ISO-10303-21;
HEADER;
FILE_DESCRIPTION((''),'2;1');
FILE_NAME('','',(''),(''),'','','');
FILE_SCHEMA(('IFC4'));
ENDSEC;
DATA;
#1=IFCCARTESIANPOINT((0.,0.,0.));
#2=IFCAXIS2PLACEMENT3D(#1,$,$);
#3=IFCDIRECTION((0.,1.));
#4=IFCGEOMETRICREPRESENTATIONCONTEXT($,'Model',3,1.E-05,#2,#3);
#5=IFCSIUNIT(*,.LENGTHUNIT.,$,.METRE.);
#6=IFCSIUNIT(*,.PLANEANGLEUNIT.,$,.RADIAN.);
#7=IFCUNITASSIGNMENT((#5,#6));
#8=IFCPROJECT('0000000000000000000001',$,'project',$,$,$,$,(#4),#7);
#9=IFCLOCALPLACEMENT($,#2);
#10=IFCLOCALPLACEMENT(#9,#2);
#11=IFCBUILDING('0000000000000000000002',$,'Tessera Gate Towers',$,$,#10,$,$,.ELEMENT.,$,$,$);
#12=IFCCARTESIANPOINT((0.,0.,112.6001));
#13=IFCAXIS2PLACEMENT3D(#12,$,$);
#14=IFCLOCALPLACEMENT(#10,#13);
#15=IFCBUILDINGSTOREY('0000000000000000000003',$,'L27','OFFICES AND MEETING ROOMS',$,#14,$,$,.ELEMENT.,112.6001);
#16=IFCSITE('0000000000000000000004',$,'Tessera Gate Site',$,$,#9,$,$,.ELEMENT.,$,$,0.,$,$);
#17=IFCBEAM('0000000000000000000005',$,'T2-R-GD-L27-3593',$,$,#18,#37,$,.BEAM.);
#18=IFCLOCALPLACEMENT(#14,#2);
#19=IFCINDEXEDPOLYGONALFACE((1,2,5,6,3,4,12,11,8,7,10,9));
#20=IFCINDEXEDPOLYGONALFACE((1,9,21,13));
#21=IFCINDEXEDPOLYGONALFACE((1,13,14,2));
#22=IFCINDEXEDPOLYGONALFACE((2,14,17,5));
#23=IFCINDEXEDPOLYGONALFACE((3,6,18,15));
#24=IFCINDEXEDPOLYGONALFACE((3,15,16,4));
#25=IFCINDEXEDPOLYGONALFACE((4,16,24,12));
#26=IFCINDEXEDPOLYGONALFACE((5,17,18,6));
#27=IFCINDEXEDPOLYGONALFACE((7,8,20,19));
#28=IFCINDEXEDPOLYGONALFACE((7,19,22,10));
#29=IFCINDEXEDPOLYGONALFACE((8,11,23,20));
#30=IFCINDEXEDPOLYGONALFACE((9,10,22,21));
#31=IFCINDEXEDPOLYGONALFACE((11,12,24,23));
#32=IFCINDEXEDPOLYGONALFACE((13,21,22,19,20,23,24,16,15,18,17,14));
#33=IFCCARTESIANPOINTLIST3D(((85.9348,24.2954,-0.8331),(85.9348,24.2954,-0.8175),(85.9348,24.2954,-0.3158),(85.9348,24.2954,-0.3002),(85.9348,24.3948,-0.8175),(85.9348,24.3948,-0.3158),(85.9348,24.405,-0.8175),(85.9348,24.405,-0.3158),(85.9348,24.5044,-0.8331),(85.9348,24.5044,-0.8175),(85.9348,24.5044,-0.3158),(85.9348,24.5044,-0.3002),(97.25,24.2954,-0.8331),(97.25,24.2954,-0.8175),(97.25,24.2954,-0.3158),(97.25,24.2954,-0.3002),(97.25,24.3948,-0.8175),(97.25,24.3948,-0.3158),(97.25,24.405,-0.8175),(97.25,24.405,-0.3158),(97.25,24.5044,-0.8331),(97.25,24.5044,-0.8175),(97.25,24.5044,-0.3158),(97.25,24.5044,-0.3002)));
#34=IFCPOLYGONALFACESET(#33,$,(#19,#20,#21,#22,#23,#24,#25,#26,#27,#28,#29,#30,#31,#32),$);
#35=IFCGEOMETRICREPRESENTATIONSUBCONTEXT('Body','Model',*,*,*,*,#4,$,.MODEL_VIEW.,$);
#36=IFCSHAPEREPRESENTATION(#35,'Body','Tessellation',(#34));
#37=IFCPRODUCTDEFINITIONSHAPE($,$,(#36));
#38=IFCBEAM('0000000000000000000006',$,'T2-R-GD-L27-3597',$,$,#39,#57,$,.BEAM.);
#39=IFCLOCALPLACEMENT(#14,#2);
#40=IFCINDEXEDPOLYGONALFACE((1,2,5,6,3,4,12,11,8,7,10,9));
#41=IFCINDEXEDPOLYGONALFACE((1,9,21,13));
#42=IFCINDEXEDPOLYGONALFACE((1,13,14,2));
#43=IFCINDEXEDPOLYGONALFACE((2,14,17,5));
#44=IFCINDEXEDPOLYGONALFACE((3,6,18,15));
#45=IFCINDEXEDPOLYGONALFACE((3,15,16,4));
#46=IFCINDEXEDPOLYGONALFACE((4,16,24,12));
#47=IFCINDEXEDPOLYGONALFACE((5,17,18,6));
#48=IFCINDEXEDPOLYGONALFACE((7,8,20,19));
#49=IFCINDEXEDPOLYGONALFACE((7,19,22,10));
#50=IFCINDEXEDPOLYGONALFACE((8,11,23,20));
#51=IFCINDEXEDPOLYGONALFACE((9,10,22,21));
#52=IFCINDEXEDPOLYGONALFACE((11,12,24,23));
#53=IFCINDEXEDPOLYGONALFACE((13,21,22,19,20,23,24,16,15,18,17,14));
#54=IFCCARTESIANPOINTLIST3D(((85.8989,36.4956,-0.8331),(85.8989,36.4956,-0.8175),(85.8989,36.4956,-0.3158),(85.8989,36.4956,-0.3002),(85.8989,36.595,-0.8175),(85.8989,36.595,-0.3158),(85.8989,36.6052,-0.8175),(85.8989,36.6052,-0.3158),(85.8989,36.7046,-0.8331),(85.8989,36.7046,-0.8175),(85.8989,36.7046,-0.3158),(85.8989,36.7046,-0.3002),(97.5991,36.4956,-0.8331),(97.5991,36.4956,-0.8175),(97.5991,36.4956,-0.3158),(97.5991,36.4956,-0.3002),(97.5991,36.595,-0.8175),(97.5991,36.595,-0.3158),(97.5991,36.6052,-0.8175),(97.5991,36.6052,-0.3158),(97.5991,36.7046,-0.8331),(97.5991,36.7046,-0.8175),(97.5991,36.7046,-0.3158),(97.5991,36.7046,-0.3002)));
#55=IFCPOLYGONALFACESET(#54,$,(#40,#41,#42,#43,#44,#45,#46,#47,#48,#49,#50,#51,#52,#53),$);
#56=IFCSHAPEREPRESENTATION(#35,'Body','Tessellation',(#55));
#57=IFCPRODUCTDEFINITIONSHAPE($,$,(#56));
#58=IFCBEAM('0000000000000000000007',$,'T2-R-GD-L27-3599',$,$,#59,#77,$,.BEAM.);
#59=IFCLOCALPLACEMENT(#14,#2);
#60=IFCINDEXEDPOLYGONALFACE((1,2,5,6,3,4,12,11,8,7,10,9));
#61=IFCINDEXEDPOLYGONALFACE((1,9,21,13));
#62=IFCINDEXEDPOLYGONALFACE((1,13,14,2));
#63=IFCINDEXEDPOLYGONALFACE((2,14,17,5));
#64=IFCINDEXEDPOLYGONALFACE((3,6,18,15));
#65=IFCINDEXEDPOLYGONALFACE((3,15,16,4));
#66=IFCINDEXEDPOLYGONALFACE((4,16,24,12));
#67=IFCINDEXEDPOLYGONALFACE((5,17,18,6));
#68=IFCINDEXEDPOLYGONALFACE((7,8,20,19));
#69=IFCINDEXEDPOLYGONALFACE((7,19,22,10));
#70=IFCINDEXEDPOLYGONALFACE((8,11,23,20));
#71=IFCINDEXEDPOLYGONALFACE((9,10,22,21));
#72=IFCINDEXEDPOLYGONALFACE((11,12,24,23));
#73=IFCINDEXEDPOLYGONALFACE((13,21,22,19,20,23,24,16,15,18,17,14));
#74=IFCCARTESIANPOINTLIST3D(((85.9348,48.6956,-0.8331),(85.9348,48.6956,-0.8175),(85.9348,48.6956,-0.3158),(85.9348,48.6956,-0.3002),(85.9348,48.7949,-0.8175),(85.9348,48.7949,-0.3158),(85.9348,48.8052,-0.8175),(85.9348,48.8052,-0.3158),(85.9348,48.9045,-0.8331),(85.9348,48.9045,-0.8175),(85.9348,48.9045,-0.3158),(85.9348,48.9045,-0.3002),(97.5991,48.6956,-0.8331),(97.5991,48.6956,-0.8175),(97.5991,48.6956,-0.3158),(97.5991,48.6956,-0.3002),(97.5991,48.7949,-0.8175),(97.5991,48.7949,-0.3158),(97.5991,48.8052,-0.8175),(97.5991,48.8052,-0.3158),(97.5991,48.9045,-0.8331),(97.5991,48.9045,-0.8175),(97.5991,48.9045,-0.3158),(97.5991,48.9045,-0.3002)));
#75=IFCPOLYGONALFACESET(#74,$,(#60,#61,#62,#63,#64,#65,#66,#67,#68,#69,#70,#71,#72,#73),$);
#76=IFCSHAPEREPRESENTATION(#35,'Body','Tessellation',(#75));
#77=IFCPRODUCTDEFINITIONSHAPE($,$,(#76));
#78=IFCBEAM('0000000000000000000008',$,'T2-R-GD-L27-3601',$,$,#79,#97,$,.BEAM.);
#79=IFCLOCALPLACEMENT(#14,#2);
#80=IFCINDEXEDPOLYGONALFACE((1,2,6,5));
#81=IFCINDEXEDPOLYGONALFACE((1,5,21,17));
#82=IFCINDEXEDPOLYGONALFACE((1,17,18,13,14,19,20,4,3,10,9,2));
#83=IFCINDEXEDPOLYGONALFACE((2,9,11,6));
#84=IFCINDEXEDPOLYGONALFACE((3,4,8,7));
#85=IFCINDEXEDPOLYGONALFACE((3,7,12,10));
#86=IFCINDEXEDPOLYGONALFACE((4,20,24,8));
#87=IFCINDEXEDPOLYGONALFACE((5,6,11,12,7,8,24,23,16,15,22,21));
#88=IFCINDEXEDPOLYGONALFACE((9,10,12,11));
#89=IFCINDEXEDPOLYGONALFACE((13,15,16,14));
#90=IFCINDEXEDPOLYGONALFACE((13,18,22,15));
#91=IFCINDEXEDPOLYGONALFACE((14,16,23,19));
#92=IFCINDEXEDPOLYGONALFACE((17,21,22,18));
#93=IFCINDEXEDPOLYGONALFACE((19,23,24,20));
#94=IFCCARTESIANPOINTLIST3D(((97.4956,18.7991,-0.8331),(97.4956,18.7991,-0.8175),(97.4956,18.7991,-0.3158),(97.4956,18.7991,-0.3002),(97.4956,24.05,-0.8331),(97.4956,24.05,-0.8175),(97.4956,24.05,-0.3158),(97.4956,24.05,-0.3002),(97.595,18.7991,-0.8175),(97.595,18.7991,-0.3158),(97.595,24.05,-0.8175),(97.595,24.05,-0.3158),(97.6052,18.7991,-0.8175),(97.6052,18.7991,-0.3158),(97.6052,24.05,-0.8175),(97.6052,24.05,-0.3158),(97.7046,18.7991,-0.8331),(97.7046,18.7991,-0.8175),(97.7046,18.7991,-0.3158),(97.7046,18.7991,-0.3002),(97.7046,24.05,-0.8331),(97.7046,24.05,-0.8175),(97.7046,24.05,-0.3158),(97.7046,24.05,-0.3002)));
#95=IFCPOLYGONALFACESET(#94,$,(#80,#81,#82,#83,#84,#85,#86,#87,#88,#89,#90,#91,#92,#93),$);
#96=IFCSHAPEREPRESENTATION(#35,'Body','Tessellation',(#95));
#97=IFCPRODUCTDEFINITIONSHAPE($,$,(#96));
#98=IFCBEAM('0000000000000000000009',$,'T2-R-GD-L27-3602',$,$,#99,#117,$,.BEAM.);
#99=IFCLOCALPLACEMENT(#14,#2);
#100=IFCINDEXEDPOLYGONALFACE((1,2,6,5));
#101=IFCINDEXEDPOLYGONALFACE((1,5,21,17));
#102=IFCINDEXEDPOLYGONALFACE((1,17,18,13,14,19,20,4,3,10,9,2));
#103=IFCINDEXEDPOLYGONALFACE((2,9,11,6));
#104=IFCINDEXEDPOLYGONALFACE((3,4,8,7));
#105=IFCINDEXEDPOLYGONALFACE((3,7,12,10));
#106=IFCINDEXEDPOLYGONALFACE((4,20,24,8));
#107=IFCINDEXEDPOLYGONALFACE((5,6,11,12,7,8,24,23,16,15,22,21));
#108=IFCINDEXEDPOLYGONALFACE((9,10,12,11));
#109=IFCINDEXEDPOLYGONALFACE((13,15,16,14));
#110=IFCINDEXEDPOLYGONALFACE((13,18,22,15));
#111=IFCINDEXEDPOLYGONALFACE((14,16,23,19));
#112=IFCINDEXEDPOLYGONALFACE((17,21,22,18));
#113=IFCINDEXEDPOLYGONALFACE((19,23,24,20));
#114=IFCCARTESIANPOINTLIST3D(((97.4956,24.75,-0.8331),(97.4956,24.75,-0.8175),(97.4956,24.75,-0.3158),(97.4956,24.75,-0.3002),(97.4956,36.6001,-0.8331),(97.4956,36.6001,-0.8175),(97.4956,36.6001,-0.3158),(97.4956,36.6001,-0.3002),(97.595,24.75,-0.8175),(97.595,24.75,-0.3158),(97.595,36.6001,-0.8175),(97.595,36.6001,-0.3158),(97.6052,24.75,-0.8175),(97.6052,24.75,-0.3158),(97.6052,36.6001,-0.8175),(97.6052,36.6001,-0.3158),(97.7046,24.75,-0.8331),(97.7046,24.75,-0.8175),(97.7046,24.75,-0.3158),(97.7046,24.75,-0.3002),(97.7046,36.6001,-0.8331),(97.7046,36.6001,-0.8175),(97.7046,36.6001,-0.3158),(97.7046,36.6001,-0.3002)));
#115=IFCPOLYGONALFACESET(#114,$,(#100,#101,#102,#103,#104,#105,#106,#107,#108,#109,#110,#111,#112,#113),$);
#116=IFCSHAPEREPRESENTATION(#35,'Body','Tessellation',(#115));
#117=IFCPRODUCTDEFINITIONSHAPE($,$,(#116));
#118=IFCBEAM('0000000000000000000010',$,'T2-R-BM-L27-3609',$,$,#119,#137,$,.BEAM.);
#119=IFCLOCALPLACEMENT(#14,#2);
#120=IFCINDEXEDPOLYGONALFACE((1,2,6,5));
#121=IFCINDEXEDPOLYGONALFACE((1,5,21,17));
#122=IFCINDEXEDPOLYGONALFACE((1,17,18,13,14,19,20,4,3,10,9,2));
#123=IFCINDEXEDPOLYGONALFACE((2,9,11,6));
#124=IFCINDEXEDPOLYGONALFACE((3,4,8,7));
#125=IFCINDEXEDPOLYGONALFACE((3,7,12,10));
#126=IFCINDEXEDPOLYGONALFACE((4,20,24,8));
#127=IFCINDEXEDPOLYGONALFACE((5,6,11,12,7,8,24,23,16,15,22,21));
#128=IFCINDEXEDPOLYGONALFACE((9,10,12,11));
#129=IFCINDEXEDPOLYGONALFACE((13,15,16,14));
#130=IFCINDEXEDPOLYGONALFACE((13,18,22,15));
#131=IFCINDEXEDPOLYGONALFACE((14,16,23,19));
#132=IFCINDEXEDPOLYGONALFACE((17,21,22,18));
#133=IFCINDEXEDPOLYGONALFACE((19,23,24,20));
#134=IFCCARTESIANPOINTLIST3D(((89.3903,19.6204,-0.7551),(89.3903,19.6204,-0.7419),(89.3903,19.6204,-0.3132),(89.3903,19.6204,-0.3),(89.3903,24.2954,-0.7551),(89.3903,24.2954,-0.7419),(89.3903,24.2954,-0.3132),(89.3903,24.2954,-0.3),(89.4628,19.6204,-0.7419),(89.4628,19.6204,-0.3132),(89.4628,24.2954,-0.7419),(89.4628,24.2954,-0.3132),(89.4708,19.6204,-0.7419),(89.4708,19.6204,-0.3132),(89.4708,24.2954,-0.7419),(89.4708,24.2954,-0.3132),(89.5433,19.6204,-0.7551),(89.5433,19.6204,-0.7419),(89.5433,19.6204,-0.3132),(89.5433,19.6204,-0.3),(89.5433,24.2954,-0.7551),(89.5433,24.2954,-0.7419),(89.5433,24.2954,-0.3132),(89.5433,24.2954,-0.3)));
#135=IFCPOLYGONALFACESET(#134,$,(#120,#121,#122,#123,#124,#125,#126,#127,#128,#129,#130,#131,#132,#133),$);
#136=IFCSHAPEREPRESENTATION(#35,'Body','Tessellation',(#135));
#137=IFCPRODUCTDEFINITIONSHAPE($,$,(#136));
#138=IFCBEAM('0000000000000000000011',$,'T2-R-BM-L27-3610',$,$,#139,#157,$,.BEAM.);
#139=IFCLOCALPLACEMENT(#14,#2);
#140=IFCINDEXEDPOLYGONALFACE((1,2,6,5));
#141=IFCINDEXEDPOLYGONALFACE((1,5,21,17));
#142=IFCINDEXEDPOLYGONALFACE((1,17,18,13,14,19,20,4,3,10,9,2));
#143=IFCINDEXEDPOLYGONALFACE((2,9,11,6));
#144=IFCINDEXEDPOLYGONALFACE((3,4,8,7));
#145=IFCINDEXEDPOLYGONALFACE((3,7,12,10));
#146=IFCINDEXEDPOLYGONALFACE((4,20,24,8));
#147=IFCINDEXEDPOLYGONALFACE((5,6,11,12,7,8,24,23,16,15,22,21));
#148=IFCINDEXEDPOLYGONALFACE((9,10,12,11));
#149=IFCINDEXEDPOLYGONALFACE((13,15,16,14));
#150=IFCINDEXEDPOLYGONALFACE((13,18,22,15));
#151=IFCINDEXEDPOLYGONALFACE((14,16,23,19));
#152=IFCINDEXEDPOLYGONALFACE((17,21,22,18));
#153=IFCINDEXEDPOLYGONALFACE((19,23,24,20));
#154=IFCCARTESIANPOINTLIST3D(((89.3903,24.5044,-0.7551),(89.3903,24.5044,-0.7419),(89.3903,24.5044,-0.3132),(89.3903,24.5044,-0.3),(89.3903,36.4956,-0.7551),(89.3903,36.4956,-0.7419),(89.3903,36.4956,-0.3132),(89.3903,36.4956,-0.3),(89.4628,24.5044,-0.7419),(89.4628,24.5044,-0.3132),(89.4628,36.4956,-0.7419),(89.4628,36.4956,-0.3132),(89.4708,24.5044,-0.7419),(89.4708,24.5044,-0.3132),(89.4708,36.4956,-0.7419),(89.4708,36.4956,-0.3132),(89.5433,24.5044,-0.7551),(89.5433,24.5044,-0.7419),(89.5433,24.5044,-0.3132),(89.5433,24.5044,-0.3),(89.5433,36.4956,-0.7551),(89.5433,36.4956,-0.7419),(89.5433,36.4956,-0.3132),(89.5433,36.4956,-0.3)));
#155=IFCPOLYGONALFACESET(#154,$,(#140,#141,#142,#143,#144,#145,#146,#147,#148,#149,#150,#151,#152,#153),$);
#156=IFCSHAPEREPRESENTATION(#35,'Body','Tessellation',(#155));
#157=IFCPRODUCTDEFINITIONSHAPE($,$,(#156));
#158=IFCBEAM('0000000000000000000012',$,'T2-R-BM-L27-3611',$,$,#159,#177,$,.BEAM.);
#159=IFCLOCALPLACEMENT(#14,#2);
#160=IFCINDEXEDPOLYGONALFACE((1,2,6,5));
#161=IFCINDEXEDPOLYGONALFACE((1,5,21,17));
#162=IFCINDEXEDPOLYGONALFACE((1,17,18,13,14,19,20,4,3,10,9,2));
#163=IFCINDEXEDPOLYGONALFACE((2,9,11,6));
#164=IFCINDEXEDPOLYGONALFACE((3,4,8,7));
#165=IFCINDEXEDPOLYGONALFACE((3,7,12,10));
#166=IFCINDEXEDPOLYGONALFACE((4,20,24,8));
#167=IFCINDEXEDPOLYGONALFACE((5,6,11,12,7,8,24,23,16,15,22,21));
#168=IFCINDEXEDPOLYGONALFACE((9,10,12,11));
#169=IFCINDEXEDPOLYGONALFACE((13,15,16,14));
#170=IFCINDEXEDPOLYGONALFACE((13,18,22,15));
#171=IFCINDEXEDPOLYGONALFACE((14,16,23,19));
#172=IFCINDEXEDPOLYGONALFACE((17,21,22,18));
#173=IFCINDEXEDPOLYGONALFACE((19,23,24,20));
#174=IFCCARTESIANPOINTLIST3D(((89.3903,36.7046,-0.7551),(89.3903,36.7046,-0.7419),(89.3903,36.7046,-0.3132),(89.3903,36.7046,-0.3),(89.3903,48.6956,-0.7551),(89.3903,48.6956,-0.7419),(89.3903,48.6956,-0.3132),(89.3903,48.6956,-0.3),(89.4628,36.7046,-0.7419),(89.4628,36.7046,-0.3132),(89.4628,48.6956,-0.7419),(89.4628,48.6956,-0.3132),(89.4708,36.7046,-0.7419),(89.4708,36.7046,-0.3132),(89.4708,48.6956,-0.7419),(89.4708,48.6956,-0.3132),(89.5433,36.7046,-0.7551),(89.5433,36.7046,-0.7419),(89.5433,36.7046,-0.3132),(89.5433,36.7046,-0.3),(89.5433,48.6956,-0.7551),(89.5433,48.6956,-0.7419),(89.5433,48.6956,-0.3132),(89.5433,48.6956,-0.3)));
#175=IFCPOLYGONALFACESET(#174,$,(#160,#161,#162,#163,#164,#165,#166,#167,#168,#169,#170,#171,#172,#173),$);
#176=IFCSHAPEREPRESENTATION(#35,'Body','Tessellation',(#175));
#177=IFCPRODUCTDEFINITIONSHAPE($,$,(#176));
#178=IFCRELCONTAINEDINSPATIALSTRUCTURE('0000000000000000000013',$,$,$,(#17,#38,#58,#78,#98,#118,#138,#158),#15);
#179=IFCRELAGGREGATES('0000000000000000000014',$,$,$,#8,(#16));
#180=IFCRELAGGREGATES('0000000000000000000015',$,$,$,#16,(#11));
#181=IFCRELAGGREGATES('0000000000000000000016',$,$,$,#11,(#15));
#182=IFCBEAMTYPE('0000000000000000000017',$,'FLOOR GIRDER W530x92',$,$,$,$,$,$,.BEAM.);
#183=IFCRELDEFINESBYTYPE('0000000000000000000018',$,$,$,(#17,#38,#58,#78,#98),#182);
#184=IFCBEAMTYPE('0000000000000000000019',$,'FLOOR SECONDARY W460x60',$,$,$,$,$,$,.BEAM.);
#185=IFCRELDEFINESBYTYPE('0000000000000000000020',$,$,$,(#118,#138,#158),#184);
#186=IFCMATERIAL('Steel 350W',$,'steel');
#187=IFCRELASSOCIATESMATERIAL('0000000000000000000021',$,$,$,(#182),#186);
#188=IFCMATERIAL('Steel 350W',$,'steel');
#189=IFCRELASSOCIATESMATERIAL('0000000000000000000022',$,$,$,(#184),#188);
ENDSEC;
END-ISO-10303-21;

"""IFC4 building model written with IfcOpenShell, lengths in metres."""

from ifc_helpers import new_model, si_unit, direction, frame, origin, origin_2d, place, context, subcontext, project, spatial, i_section, extrude, material, material_profile, profile_set, type_object, element, save


model = new_model("IFC4")

# Units and contexts
model_context = context("Model", 3, precision=1e-05, world=origin(), true_north=direction((0.0, 1.0)))
body_context = subcontext(model_context, "Body", "Model", "MODEL_VIEW")
ifc_project = project(units=[si_unit("LENGTHUNIT", "METRE"), si_unit("PLANEANGLEUNIT", "RADIAN")], contexts=[model_context])

# Site, building, storey
site_placement = place(None, origin())
site = spatial("IfcSite", under=ifc_project, at=site_placement, Name="Tessera Gate Site", CompositionType="ELEMENT", RefElevation=0.0)
building_placement = place(site_placement, origin())
building = spatial("IfcBuilding", under=site, at=building_placement, Name="Tessera Gate Towers", CompositionType="ELEMENT")
storey_placement = place(building_placement, frame((0.0, 0.0, 112.6001)))
storey = spatial("IfcBuildingStorey", under=building, at=storey_placement, Name="L27", Description="OFFICES AND MEETING ROOMS", CompositionType="ELEMENT", Elevation=112.6001)

# Beams
ifc_material_1 = material(Name="Steel 350W", Category="steel")
ifc_material_profile_1 = material_profile(ifc_material_1, i_section(OverallWidth=0.209, OverallDepth=0.533, WebThickness=0.0103, FlangeThickness=0.0156, at=origin_2d()), Name="W530x92")
ifc_profile_set_1 = profile_set([ifc_material_profile_1], Name="Steel 350W")
beam_type_1 = type_object("IfcBeamType", Name="FLOOR GIRDER W530x92", PredefinedType="BEAM", material=ifc_profile_set_1)
beam_1_placement = place(storey_placement, frame((85.9348, 24.3999, -0.5667), z_axis=(1.0, 0.0, 0.0), x_axis=(0.0, 1.0, 0.0)))
element("IfcBeam", 1, at=beam_1_placement, inside=storey, type_object=beam_type_1, Name="T2-R-GD-L27-3593", PredefinedType="BEAM", context=body_context, shape_type="SweptSolid", body=[
    extrude(i_section(OverallWidth=0.209, OverallDepth=0.533, WebThickness=0.0103, FlangeThickness=0.0156, at=origin_2d()), origin(), (0.0, 0.0, 1.0), 11.3152),
])
beam_2_placement = place(storey_placement, frame((85.8989, 36.6001, -0.5667), z_axis=(1.0, 0.0, 0.0), x_axis=(0.0, 1.0, 0.0)))
element("IfcBeam", 2, at=beam_2_placement, inside=storey, type_object=beam_type_1, Name="T2-R-GD-L27-3597", PredefinedType="BEAM", context=body_context, shape_type="SweptSolid", body=[
    extrude(i_section(OverallWidth=0.209, OverallDepth=0.533, WebThickness=0.0103, FlangeThickness=0.0156, at=origin_2d()), origin(), (0.0, 0.0, 1.0), 11.7002),
])
beam_3_placement = place(storey_placement, frame((85.9348, 48.8, -0.5667), z_axis=(1.0, 0.0, 0.0), x_axis=(0.0, 1.0, 0.0)))
element("IfcBeam", 3, at=beam_3_placement, inside=storey, type_object=beam_type_1, Name="T2-R-GD-L27-3599", PredefinedType="BEAM", context=body_context, shape_type="SweptSolid", body=[
    extrude(i_section(OverallWidth=0.209, OverallDepth=0.533, WebThickness=0.0103, FlangeThickness=0.0156, at=origin_2d()), origin(), (0.0, 0.0, 1.0), 11.6643),
])
beam_4_placement = place(storey_placement, frame((97.6001, 18.7991, -0.5667), z_axis=(0.0, 1.0, 0.0), x_axis=(-1.0, 0.0, 0.0)))
element("IfcBeam", 4, at=beam_4_placement, inside=storey, type_object=beam_type_1, Name="T2-R-GD-L27-3601", PredefinedType="BEAM", context=body_context, shape_type="SweptSolid", body=[
    extrude(i_section(OverallWidth=0.209, OverallDepth=0.533, WebThickness=0.0103, FlangeThickness=0.0156, at=origin_2d()), origin(), (0.0, 0.0, 1.0), 5.251),
])
beam_5_placement = place(storey_placement, frame((97.6001, 24.75, -0.5667), z_axis=(0.0, 1.0, 0.0), x_axis=(-1.0, 0.0, 0.0)))
element("IfcBeam", 5, at=beam_5_placement, inside=storey, type_object=beam_type_1, Name="T2-R-GD-L27-3602", PredefinedType="BEAM", context=body_context, shape_type="SweptSolid", body=[
    extrude(i_section(OverallWidth=0.209, OverallDepth=0.533, WebThickness=0.0103, FlangeThickness=0.0156, at=origin_2d()), origin(), (0.0, 0.0, 1.0), 11.8501),
])
ifc_material_2 = material(Name="Steel 350W", Category="steel")
ifc_material_profile_2 = material_profile(ifc_material_2, i_section(OverallWidth=0.1531, OverallDepth=0.4551, WebThickness=0.0081, FlangeThickness=0.0132, at=origin_2d()), Name="W460x60")
ifc_profile_set_2 = profile_set([ifc_material_profile_2], Name="Steel 350W")
beam_type_2 = type_object("IfcBeamType", Name="FLOOR SECONDARY W460x60", PredefinedType="BEAM", material=ifc_profile_set_2)
beam_6_placement = place(storey_placement, frame((89.4668, 19.6204, -0.5276), z_axis=(0.0, 1.0, 0.0), x_axis=(-1.0, 0.0, 0.0)))
element("IfcBeam", 6, at=beam_6_placement, inside=storey, type_object=beam_type_2, Name="T2-R-BM-L27-3609", PredefinedType="BEAM", context=body_context, shape_type="SweptSolid", body=[
    extrude(i_section(OverallWidth=0.1531, OverallDepth=0.4551, WebThickness=0.0081, FlangeThickness=0.0132, at=origin_2d()), origin(), (0.0, 0.0, 1.0), 4.675),
])
beam_7_placement = place(storey_placement, frame((89.4668, 24.5044, -0.5276), z_axis=(0.0, 1.0, 0.0), x_axis=(-1.0, 0.0, 0.0)))
element("IfcBeam", 7, at=beam_7_placement, inside=storey, type_object=beam_type_2, Name="T2-R-BM-L27-3610", PredefinedType="BEAM", context=body_context, shape_type="SweptSolid", body=[
    extrude(i_section(OverallWidth=0.1531, OverallDepth=0.4551, WebThickness=0.0081, FlangeThickness=0.0132, at=origin_2d()), origin(), (0.0, 0.0, 1.0), 11.9912),
])
beam_8_placement = place(storey_placement, frame((89.4668, 36.7046, -0.5276), z_axis=(0.0, 1.0, 0.0), x_axis=(-1.0, 0.0, 0.0)))
element("IfcBeam", 8, at=beam_8_placement, inside=storey, type_object=beam_type_2, Name="T2-R-BM-L27-3611", PredefinedType="BEAM", context=body_context, shape_type="SweptSolid", body=[
    extrude(i_section(OverallWidth=0.1531, OverallDepth=0.4551, WebThickness=0.0081, FlangeThickness=0.0132, at=origin_2d()), origin(), (0.0, 0.0, 1.0), 11.991),
])

save(model, "model.ifc")
